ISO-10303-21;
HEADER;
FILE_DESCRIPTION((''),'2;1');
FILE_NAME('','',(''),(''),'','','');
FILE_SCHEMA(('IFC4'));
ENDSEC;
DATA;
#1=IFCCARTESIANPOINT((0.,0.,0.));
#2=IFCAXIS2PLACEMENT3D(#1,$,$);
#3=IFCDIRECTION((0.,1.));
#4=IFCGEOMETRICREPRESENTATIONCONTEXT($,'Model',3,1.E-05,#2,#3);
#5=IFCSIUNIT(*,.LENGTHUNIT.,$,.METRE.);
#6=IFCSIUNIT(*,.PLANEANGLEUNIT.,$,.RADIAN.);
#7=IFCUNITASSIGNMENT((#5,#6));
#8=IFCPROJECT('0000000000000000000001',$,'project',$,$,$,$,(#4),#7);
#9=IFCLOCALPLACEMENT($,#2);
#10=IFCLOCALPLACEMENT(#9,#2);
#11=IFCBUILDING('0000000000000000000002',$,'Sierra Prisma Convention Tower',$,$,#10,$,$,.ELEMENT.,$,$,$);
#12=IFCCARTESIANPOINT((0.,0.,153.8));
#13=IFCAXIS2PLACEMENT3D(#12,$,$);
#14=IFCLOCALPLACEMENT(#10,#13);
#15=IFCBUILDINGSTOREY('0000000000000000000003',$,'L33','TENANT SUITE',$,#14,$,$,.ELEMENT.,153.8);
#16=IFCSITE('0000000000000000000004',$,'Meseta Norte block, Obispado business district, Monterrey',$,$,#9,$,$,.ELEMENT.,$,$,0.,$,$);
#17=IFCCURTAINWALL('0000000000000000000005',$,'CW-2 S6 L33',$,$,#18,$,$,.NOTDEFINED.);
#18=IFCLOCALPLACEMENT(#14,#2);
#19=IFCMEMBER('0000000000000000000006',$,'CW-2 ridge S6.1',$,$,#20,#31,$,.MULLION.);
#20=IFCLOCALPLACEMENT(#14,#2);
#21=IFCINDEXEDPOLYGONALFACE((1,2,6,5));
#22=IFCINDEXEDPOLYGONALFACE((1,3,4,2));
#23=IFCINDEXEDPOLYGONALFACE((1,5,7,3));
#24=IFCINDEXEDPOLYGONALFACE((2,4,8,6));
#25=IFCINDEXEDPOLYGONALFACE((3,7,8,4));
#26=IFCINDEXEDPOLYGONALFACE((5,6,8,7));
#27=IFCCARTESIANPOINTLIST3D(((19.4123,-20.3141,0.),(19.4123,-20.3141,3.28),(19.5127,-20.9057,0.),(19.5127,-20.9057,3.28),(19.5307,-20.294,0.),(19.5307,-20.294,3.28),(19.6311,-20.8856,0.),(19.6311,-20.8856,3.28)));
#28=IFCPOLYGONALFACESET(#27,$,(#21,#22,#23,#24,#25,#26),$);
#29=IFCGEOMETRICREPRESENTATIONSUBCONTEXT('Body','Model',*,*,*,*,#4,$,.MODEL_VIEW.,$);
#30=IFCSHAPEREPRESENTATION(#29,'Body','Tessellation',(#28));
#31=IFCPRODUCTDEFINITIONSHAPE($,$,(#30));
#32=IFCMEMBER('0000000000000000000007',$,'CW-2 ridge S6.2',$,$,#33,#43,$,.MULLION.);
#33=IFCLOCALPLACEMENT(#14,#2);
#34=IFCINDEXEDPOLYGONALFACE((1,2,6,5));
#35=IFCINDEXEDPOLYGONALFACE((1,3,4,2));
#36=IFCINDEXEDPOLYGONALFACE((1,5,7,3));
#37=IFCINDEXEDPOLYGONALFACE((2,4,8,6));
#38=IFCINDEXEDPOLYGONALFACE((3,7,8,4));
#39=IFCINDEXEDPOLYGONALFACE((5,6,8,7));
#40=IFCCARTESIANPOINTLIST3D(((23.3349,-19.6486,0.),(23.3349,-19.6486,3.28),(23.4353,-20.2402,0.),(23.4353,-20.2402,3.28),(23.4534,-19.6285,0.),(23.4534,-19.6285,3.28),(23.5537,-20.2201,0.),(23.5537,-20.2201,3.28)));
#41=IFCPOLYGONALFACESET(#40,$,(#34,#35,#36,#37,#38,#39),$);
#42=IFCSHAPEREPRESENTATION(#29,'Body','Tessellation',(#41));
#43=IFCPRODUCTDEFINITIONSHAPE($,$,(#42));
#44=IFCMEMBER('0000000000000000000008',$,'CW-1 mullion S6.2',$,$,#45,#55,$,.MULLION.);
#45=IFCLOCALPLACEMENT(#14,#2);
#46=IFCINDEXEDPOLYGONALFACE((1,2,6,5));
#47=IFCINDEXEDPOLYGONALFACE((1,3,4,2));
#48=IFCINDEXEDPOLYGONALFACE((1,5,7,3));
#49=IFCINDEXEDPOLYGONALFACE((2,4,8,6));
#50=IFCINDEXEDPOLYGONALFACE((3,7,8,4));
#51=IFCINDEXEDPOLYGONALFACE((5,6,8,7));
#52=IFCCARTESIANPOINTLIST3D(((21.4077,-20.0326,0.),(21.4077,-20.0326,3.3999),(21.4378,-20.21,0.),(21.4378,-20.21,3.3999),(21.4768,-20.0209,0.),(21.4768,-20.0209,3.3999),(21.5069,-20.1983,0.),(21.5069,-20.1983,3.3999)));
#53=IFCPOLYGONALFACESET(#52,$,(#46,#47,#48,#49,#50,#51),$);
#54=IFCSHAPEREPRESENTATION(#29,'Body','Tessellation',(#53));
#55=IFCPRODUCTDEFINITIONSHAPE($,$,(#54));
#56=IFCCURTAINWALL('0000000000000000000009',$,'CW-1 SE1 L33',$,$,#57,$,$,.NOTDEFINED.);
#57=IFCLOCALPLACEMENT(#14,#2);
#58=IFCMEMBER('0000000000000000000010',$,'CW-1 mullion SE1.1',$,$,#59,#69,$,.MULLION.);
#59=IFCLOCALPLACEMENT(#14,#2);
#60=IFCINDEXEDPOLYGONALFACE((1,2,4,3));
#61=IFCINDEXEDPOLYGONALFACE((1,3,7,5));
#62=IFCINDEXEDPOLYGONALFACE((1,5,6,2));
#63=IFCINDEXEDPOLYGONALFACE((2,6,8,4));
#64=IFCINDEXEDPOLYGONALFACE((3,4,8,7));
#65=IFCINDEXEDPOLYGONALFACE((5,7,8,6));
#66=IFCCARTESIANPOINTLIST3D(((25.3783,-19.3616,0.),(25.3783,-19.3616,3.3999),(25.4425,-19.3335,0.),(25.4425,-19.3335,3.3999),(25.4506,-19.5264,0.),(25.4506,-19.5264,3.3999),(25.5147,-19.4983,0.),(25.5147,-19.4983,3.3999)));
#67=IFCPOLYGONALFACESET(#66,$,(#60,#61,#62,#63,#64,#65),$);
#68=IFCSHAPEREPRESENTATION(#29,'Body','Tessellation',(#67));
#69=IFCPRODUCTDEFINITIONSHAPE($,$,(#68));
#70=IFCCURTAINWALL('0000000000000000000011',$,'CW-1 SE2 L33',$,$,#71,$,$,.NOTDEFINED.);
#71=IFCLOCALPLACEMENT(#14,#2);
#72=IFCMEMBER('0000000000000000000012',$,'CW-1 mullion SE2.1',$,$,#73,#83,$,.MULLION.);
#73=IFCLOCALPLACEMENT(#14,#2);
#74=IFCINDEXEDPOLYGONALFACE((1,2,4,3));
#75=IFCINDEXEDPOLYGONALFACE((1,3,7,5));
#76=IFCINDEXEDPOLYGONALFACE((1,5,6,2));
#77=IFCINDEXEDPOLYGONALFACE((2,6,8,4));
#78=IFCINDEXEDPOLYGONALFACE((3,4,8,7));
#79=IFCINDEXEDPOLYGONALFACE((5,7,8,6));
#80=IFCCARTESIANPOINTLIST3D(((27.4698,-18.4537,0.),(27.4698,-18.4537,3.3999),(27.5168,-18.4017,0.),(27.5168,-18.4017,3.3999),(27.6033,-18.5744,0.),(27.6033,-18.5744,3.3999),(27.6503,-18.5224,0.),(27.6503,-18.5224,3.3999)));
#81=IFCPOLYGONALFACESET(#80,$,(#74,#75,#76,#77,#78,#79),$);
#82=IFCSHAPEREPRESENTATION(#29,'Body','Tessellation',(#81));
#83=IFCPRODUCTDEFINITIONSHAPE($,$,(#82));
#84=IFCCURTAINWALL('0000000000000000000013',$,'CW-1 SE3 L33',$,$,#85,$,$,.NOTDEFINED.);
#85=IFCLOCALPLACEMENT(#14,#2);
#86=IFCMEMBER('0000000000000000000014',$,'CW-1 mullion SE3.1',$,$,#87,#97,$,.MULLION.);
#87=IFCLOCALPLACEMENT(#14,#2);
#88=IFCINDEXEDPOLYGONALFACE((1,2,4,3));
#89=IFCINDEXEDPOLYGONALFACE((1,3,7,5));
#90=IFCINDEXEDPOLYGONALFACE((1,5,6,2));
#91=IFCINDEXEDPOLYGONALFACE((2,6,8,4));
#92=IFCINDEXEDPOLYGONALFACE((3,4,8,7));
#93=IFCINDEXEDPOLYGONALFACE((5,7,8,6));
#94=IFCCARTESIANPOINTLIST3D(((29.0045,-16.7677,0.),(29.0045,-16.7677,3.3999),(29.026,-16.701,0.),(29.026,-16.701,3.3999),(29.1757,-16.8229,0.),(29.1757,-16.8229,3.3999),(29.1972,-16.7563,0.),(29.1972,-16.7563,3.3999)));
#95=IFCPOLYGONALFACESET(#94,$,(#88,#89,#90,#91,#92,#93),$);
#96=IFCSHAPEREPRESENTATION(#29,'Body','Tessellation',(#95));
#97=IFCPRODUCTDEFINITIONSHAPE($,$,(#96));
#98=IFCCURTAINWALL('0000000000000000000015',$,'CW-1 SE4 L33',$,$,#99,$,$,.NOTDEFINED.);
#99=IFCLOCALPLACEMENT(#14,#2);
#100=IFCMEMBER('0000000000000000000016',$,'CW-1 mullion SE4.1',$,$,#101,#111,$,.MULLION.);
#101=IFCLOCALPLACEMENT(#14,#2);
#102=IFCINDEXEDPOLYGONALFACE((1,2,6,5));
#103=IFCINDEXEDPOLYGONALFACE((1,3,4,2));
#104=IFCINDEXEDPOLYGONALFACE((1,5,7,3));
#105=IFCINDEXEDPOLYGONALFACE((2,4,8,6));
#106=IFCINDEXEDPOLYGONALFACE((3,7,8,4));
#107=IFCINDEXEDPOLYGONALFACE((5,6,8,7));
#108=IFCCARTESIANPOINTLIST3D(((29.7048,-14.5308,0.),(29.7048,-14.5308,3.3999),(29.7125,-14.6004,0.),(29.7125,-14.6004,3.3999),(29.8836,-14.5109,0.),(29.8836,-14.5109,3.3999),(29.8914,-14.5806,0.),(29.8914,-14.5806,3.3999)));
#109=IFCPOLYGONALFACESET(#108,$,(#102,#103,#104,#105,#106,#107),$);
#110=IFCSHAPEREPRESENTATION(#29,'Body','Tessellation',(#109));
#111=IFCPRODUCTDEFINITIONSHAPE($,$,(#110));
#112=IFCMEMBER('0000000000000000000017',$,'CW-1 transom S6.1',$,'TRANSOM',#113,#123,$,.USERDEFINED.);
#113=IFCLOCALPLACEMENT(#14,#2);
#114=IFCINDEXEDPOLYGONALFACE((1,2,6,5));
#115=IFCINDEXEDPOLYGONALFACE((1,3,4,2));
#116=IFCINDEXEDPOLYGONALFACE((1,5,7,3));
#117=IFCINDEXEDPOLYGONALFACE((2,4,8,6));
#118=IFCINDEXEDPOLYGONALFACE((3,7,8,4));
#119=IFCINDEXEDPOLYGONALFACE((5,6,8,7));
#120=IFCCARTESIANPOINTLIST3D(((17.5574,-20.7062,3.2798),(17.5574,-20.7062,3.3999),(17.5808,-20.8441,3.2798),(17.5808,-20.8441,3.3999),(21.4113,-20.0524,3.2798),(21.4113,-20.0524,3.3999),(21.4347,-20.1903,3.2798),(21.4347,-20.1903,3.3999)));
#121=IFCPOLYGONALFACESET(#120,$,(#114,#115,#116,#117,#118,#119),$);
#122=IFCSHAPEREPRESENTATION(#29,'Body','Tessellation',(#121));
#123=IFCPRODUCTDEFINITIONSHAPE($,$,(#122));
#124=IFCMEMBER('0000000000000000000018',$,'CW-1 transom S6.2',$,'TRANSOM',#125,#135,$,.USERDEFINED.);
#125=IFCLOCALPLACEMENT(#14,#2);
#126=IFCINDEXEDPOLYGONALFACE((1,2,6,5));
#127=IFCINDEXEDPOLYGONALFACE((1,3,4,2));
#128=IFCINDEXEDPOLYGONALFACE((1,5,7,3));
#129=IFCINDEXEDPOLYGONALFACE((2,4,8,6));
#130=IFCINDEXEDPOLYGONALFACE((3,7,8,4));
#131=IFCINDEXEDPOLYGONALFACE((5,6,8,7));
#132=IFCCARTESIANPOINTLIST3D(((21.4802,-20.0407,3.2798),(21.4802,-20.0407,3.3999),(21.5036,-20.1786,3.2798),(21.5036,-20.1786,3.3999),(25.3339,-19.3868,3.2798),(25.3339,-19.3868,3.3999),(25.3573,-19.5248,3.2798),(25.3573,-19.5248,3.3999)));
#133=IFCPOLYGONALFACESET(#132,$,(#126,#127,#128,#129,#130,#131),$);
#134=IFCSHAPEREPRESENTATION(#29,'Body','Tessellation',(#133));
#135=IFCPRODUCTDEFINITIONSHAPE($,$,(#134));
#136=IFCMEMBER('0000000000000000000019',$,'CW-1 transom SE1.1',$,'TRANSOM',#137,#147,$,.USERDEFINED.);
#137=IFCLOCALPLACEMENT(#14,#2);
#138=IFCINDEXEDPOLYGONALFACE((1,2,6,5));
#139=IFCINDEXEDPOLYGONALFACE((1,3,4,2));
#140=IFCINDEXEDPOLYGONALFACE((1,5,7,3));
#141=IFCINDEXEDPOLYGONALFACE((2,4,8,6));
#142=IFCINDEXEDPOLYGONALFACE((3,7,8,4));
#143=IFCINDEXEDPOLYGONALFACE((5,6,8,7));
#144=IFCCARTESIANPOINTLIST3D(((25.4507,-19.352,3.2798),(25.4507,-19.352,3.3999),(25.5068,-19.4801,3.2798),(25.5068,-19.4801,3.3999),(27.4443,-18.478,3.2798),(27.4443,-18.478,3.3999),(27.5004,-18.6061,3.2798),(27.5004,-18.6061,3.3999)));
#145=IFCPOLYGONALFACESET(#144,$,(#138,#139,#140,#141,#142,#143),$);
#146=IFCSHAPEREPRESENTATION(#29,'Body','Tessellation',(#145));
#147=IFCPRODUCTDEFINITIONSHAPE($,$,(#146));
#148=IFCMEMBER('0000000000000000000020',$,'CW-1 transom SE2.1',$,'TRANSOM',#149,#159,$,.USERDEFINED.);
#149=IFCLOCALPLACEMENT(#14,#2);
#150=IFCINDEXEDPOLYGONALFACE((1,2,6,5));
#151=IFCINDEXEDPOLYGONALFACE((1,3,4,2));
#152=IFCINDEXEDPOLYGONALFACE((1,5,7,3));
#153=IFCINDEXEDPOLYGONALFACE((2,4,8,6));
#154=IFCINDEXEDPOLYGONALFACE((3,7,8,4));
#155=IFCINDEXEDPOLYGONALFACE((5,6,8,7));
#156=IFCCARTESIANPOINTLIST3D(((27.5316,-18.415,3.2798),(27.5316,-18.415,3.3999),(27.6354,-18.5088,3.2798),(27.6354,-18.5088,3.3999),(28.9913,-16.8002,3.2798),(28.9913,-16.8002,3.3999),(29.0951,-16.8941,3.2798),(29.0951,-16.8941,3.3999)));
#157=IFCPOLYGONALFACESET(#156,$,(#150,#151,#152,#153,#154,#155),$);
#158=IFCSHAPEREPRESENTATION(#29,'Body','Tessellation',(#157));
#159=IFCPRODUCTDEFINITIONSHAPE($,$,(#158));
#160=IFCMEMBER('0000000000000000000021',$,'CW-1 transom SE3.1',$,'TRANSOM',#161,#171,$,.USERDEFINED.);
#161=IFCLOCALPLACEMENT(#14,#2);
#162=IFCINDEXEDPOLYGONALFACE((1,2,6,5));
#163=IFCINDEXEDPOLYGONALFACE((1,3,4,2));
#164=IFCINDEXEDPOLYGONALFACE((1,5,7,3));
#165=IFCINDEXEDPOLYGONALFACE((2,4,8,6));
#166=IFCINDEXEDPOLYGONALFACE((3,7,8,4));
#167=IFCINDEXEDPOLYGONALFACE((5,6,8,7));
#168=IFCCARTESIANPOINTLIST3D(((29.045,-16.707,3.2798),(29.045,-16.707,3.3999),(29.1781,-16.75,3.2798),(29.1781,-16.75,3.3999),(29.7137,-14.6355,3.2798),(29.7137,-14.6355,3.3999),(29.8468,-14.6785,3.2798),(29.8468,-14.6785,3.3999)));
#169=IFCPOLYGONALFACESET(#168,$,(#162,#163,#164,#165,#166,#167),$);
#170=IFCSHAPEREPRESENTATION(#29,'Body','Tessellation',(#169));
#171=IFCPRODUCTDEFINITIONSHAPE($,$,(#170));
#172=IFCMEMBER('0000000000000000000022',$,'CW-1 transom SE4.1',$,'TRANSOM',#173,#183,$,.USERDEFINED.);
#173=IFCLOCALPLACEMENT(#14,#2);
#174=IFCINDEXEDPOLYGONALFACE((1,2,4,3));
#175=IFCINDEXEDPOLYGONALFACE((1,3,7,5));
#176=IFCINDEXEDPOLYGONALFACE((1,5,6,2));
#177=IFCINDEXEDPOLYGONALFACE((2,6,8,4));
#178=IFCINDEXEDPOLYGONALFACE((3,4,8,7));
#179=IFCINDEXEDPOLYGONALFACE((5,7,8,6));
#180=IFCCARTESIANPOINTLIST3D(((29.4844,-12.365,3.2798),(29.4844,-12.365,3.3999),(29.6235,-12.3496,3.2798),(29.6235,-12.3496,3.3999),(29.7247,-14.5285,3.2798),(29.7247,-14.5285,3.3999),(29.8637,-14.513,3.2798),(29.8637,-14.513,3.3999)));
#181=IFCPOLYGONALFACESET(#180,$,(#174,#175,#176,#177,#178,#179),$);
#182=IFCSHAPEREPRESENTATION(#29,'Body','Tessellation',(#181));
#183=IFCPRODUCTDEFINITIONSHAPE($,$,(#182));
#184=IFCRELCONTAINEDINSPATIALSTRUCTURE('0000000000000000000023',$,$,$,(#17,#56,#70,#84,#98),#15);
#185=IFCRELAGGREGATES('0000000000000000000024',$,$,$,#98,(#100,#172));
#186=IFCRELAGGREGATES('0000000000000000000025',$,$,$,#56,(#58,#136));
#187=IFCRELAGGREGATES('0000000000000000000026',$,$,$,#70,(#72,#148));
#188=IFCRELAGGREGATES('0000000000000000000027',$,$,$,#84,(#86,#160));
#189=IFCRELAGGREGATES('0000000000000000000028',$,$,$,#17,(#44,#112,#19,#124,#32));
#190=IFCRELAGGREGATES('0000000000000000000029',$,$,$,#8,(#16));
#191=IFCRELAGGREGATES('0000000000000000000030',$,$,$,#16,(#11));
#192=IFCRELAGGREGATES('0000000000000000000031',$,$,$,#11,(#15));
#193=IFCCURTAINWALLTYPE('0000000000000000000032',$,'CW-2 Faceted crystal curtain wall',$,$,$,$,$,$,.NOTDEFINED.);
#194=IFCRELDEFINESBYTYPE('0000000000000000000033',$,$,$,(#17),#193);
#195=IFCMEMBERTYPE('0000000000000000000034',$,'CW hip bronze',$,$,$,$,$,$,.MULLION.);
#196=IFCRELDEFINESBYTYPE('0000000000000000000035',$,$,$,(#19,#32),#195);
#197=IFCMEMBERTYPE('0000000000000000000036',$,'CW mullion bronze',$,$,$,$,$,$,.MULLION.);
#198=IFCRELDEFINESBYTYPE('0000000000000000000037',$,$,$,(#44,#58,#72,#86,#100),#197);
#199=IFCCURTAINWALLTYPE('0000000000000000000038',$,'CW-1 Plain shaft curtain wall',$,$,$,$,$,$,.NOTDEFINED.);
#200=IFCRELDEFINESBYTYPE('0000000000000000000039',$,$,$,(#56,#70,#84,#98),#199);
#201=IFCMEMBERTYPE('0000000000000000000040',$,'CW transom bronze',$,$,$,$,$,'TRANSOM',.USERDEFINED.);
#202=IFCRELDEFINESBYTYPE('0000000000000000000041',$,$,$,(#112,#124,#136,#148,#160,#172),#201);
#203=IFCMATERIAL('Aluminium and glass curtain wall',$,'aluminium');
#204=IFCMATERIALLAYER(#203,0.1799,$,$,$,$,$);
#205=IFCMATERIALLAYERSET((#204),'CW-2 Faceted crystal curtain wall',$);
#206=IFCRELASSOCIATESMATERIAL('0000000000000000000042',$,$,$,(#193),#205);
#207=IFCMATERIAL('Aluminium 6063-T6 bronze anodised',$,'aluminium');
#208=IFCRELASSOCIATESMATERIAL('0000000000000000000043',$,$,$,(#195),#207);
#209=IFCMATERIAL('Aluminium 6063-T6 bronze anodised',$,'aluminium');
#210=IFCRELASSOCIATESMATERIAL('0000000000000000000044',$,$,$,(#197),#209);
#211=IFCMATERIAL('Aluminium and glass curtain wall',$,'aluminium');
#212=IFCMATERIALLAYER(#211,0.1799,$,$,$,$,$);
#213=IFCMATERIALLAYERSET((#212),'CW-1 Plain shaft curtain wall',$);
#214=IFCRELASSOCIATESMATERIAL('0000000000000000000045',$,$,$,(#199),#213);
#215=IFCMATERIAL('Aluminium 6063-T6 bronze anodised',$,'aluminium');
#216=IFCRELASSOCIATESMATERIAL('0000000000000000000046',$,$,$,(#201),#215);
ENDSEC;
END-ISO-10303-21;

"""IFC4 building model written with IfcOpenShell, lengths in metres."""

from ifc_helpers import new_model, si_unit, direction, frame, origin, origin_2d, place, context, subcontext, project, spatial, rectangle, extrude, material, layer, layer_set, material_profile, profile_set, type_object, element, aggregate, save


model = new_model("IFC4")

# Units and contexts
model_context = context("Model", 3, precision=1e-05, world=origin(), true_north=direction((0.0, 1.0)))
body_context = subcontext(model_context, "Body", "Model", "MODEL_VIEW")
ifc_project = project(units=[si_unit("LENGTHUNIT", "METRE"), si_unit("PLANEANGLEUNIT", "RADIAN")], contexts=[model_context])

# Site, building, storey
site_placement = place(None, origin())
site = spatial("IfcSite", under=ifc_project, at=site_placement, Name="Meseta Norte block, Obispado business district, Monterrey", CompositionType="ELEMENT", RefElevation=0.0)
building_placement = place(site_placement, origin())
building = spatial("IfcBuilding", under=site, at=building_placement, Name="Sierra Prisma Convention Tower", CompositionType="ELEMENT")
storey_placement = place(building_placement, frame((0.0, 0.0, 153.8)))
storey = spatial("IfcBuildingStorey", under=building, at=storey_placement, Name="L33", Description="TENANT SUITE", CompositionType="ELEMENT", Elevation=153.8)

# Curtain wall, members
ifc_material_1 = material(Name="Aluminium and glass curtain wall", Category="aluminium")
ifc_layer_1 = layer(ifc_material_1, 0.1799)
ifc_layer_set_1 = layer_set([ifc_layer_1], Name="CW-2 Faceted crystal curtain wall")
curtain_wall_type_1 = type_object("IfcCurtainWallType", Name="CW-2 Faceted crystal curtain wall", PredefinedType="NOTDEFINED", material=ifc_layer_set_1)
curtain_wall_1_placement = place(storey_placement, origin())
curtain_wall_1 = element("IfcCurtainWall", 1, at=curtain_wall_1_placement, inside=storey, type_object=curtain_wall_type_1, Name="CW-2 S6 L33", PredefinedType="NOTDEFINED")
ifc_material_2 = material(Name="Aluminium 6063-T6 bronze anodised", Category="aluminium")
ifc_material_profile_1 = material_profile(ifc_material_2, rectangle(XDim=0.1201, YDim=0.6001, at=origin_2d()), Name="ALU RIDGE BLADE 120x600")
ifc_profile_set_1 = profile_set([ifc_material_profile_1], Name="Aluminium 6063-T6 bronze anodised")
member_type_1 = type_object("IfcMemberType", Name="CW hip bronze", PredefinedType="MULLION", material=ifc_profile_set_1)
member_1_placement = place(storey_placement, frame((19.5217, -20.5999, 0.0), z_axis=(0.0, 0.0, 1.0), x_axis=(0.985908, 0.167289, 0.0)))
member_1 = element("IfcMember", 2, at=member_1_placement, type_object=member_type_1, Name="CW-2 ridge S6.1", PredefinedType="MULLION", context=body_context, shape_type="SweptSolid", body=[
    extrude(rectangle(XDim=0.1201, YDim=0.6001, at=origin_2d()), origin(), (0.0, 0.0, 1.0), 3.28),
])
member_2_placement = place(storey_placement, frame((23.4443, -19.9343, 0.0), z_axis=(0.0, 0.0, 1.0), x_axis=(0.985908, 0.167289, 0.0)))
member_2 = element("IfcMember", 3, at=member_2_placement, type_object=member_type_1, Name="CW-2 ridge S6.2", PredefinedType="MULLION", context=body_context, shape_type="SweptSolid", body=[
    extrude(rectangle(XDim=0.1201, YDim=0.6001, at=origin_2d()), origin(), (0.0, 0.0, 1.0), 3.28),
])
ifc_material_3 = material(Name="Aluminium 6063-T6 bronze anodised", Category="aluminium")
ifc_material_profile_2 = material_profile(ifc_material_3, rectangle(XDim=0.1799, YDim=0.0701, at=origin_2d()), Name="ALU MULLION 70x180")
ifc_profile_set_2 = profile_set([ifc_material_profile_2], Name="Aluminium 6063-T6 bronze anodised")
member_type_2 = type_object("IfcMemberType", Name="CW mullion bronze", PredefinedType="MULLION", material=ifc_profile_set_2)
member_3_placement = place(storey_placement, frame((21.4573, -20.1155, 0.0), z_axis=(0.0, 0.0, 1.0), x_axis=(-0.167289, 0.985908, 0.0)))
member_3 = element("IfcMember", 4, at=member_3_placement, type_object=member_type_2, Name="CW-1 mullion S6.2", PredefinedType="MULLION", context=body_context, shape_type="SweptSolid", body=[
    extrude(rectangle(XDim=0.1799, YDim=0.0701, at=origin_2d()), origin(), (0.0, 0.0, 1.0), 3.3999),
])

# Curtain walls, members
ifc_material_4 = material(Name="Aluminium and glass curtain wall", Category="aluminium")
ifc_layer_2 = layer(ifc_material_4, 0.1799)
ifc_layer_set_2 = layer_set([ifc_layer_2], Name="CW-1 Plain shaft curtain wall")
curtain_wall_type_2 = type_object("IfcCurtainWallType", Name="CW-1 Plain shaft curtain wall", PredefinedType="NOTDEFINED", material=ifc_layer_set_2)
curtain_wall_2_placement = place(storey_placement, origin())
curtain_wall_2 = element("IfcCurtainWall", 5, at=curtain_wall_2_placement, inside=storey, type_object=curtain_wall_type_2, Name="CW-1 SE1 L33", PredefinedType="NOTDEFINED")
member_4_placement = place(storey_placement, frame((25.4465, -19.4299, 0.0), z_axis=(0.0, 0.0, 1.0), x_axis=(-0.401423, 0.915893, 0.0)))
member_4 = element("IfcMember", 6, at=member_4_placement, type_object=member_type_2, Name="CW-1 mullion SE1.1", PredefinedType="MULLION", context=body_context, shape_type="SweptSolid", body=[
    extrude(rectangle(XDim=0.1799, YDim=0.0701, at=origin_2d()), origin(), (0.0, 0.0, 1.0), 3.3999),
])
curtain_wall_3_placement = place(storey_placement, origin())
curtain_wall_3 = element("IfcCurtainWall", 7, at=curtain_wall_3_placement, inside=storey, type_object=curtain_wall_type_2, Name="CW-1 SE2 L33", PredefinedType="NOTDEFINED")
member_5_placement = place(storey_placement, frame((27.5601, -18.488, 0.0), z_axis=(0.0, 0.0, 1.0), x_axis=(-0.741848, 0.670568, 0.0)))
member_5 = element("IfcMember", 8, at=member_5_placement, type_object=member_type_2, Name="CW-1 mullion SE2.1", PredefinedType="MULLION", context=body_context, shape_type="SweptSolid", body=[
    extrude(rectangle(XDim=0.1799, YDim=0.0701, at=origin_2d()), origin(), (0.0, 0.0, 1.0), 3.3999),
])
curtain_wall_4_placement = place(storey_placement, origin())
curtain_wall_4 = element("IfcCurtainWall", 9, at=curtain_wall_4_placement, inside=storey, type_object=curtain_wall_type_2, Name="CW-1 SE3 L33", PredefinedType="NOTDEFINED")
member_6_placement = place(storey_placement, frame((29.1008, -16.762, 0.0), z_axis=(0.0, 0.0, 1.0), x_axis=(-0.951653, 0.307175, 0.0)))
member_6 = element("IfcMember", 10, at=member_6_placement, type_object=member_type_2, Name="CW-1 mullion SE3.1", PredefinedType="MULLION", context=body_context, shape_type="SweptSolid", body=[
    extrude(rectangle(XDim=0.1799, YDim=0.0701, at=origin_2d()), origin(), (0.0, 0.0, 1.0), 3.3999),
])
curtain_wall_5_placement = place(storey_placement, origin())
curtain_wall_5 = element("IfcCurtainWall", 11, at=curtain_wall_5_placement, inside=storey, type_object=curtain_wall_type_2, Name="CW-1 SE4 L33", PredefinedType="NOTDEFINED")
member_7_placement = place(storey_placement, frame((29.7981, -14.5557, 0.0), z_axis=(0.0, 0.0, 1.0), x_axis=(-0.993898, -0.110304, 0.0)))
member_7 = element("IfcMember", 12, at=member_7_placement, type_object=member_type_2, Name="CW-1 mullion SE4.1", PredefinedType="MULLION", context=body_context, shape_type="SweptSolid", body=[
    extrude(rectangle(XDim=0.1799, YDim=0.0701, at=origin_2d()), origin(), (0.0, 0.0, 1.0), 3.3999),
])

# Members
ifc_material_5 = material(Name="Aluminium 6063-T6 bronze anodised", Category="aluminium")
ifc_material_profile_3 = material_profile(ifc_material_5, rectangle(XDim=0.1399, YDim=0.1201, at=origin_2d()), Name="ALU TRANSOM 120x140")
ifc_profile_set_3 = profile_set([ifc_material_profile_3], Name="Aluminium 6063-T6 bronze anodised")
member_type_3 = type_object("IfcMemberType", Name="CW transom bronze", ElementType="TRANSOM", PredefinedType="USERDEFINED", material=ifc_profile_set_3)
member_8_placement = place(storey_placement, frame((17.5691, -20.7751, 3.3398), z_axis=(0.985912, 0.167265, 0.0), x_axis=(-0.167265, 0.985912, 0.0)))
member_8 = element("IfcMember", 13, at=member_8_placement, type_object=member_type_3, Name="CW-1 transom S6.1", ObjectType="TRANSOM", PredefinedType="USERDEFINED", context=body_context, shape_type="SweptSolid", body=[
    extrude(rectangle(XDim=0.1399, YDim=0.1201, at=origin_2d()), origin(), (0.0, 0.0, 1.0), 3.9089),
])
member_9_placement = place(storey_placement, frame((21.4919, -20.1096, 3.3398), z_axis=(0.98591, 0.167275, 0.0), x_axis=(-0.167275, 0.98591, 0.0)))
member_9 = element("IfcMember", 14, at=member_9_placement, type_object=member_type_3, Name="CW-1 transom S6.2", ObjectType="TRANSOM", PredefinedType="USERDEFINED", context=body_context, shape_type="SweptSolid", body=[
    extrude(rectangle(XDim=0.1399, YDim=0.1201, at=origin_2d()), origin(), (0.0, 0.0, 1.0), 3.9087),
])
member_10_placement = place(storey_placement, frame((25.4788, -19.416, 3.3398), z_axis=(0.915853, 0.401513, 0.0), x_axis=(-0.401513, 0.915853, 0.0)))
member_10 = element("IfcMember", 15, at=member_10_placement, type_object=member_type_3, Name="CW-1 transom SE1.1", ObjectType="TRANSOM", PredefinedType="USERDEFINED", context=body_context, shape_type="SweptSolid", body=[
    extrude(rectangle(XDim=0.1399, YDim=0.1201, at=origin_2d()), origin(), (0.0, 0.0, 1.0), 2.1768),
])
member_11_placement = place(storey_placement, frame((27.5835, -18.4619, 3.3398), z_axis=(0.670599, 0.74182, 0.0), x_axis=(-0.74182, 0.670599, 0.0)))
member_11 = element("IfcMember", 16, at=member_11_placement, type_object=member_type_3, Name="CW-1 transom SE2.1", ObjectType="TRANSOM", PredefinedType="USERDEFINED", context=body_context, shape_type="SweptSolid", body=[
    extrude(rectangle(XDim=0.1399, YDim=0.1201, at=origin_2d()), origin(), (0.0, 0.0, 1.0), 2.1768),
])
member_12_placement = place(storey_placement, frame((29.1116, -16.7285, 3.3398), z_axis=(0.307196, 0.951646, 0.0), x_axis=(-0.951646, 0.307196, 0.0)))
member_12 = element("IfcMember", 17, at=member_12_placement, type_object=member_type_3, Name="CW-1 transom SE3.1", ObjectType="TRANSOM", PredefinedType="USERDEFINED", context=body_context, shape_type="SweptSolid", body=[
    extrude(rectangle(XDim=0.1399, YDim=0.1201, at=origin_2d()), origin(), (0.0, 0.0, 1.0), 2.1768),
])
member_13_placement = place(storey_placement, frame((29.7942, -14.5208, 3.3398), z_axis=(-0.110358, 0.993892, 0.0), x_axis=(-0.993892, -0.110358, 0.0)))
member_13 = element("IfcMember", 18, at=member_13_placement, type_object=member_type_3, Name="CW-1 transom SE4.1", ObjectType="TRANSOM", PredefinedType="USERDEFINED", context=body_context, shape_type="SweptSolid", body=[
    extrude(rectangle(XDim=0.1399, YDim=0.1201, at=origin_2d()), origin(), (0.0, 0.0, 1.0), 2.1768),
])
aggregate(curtain_wall_5, [member_7, member_13])

aggregate(curtain_wall_2, [member_4, member_10])
aggregate(curtain_wall_3, [member_5, member_11])
aggregate(curtain_wall_4, [member_6, member_12])
aggregate(curtain_wall_1, [member_3, member_8, member_1, member_9, member_2])

save(model, "model.ifc")
